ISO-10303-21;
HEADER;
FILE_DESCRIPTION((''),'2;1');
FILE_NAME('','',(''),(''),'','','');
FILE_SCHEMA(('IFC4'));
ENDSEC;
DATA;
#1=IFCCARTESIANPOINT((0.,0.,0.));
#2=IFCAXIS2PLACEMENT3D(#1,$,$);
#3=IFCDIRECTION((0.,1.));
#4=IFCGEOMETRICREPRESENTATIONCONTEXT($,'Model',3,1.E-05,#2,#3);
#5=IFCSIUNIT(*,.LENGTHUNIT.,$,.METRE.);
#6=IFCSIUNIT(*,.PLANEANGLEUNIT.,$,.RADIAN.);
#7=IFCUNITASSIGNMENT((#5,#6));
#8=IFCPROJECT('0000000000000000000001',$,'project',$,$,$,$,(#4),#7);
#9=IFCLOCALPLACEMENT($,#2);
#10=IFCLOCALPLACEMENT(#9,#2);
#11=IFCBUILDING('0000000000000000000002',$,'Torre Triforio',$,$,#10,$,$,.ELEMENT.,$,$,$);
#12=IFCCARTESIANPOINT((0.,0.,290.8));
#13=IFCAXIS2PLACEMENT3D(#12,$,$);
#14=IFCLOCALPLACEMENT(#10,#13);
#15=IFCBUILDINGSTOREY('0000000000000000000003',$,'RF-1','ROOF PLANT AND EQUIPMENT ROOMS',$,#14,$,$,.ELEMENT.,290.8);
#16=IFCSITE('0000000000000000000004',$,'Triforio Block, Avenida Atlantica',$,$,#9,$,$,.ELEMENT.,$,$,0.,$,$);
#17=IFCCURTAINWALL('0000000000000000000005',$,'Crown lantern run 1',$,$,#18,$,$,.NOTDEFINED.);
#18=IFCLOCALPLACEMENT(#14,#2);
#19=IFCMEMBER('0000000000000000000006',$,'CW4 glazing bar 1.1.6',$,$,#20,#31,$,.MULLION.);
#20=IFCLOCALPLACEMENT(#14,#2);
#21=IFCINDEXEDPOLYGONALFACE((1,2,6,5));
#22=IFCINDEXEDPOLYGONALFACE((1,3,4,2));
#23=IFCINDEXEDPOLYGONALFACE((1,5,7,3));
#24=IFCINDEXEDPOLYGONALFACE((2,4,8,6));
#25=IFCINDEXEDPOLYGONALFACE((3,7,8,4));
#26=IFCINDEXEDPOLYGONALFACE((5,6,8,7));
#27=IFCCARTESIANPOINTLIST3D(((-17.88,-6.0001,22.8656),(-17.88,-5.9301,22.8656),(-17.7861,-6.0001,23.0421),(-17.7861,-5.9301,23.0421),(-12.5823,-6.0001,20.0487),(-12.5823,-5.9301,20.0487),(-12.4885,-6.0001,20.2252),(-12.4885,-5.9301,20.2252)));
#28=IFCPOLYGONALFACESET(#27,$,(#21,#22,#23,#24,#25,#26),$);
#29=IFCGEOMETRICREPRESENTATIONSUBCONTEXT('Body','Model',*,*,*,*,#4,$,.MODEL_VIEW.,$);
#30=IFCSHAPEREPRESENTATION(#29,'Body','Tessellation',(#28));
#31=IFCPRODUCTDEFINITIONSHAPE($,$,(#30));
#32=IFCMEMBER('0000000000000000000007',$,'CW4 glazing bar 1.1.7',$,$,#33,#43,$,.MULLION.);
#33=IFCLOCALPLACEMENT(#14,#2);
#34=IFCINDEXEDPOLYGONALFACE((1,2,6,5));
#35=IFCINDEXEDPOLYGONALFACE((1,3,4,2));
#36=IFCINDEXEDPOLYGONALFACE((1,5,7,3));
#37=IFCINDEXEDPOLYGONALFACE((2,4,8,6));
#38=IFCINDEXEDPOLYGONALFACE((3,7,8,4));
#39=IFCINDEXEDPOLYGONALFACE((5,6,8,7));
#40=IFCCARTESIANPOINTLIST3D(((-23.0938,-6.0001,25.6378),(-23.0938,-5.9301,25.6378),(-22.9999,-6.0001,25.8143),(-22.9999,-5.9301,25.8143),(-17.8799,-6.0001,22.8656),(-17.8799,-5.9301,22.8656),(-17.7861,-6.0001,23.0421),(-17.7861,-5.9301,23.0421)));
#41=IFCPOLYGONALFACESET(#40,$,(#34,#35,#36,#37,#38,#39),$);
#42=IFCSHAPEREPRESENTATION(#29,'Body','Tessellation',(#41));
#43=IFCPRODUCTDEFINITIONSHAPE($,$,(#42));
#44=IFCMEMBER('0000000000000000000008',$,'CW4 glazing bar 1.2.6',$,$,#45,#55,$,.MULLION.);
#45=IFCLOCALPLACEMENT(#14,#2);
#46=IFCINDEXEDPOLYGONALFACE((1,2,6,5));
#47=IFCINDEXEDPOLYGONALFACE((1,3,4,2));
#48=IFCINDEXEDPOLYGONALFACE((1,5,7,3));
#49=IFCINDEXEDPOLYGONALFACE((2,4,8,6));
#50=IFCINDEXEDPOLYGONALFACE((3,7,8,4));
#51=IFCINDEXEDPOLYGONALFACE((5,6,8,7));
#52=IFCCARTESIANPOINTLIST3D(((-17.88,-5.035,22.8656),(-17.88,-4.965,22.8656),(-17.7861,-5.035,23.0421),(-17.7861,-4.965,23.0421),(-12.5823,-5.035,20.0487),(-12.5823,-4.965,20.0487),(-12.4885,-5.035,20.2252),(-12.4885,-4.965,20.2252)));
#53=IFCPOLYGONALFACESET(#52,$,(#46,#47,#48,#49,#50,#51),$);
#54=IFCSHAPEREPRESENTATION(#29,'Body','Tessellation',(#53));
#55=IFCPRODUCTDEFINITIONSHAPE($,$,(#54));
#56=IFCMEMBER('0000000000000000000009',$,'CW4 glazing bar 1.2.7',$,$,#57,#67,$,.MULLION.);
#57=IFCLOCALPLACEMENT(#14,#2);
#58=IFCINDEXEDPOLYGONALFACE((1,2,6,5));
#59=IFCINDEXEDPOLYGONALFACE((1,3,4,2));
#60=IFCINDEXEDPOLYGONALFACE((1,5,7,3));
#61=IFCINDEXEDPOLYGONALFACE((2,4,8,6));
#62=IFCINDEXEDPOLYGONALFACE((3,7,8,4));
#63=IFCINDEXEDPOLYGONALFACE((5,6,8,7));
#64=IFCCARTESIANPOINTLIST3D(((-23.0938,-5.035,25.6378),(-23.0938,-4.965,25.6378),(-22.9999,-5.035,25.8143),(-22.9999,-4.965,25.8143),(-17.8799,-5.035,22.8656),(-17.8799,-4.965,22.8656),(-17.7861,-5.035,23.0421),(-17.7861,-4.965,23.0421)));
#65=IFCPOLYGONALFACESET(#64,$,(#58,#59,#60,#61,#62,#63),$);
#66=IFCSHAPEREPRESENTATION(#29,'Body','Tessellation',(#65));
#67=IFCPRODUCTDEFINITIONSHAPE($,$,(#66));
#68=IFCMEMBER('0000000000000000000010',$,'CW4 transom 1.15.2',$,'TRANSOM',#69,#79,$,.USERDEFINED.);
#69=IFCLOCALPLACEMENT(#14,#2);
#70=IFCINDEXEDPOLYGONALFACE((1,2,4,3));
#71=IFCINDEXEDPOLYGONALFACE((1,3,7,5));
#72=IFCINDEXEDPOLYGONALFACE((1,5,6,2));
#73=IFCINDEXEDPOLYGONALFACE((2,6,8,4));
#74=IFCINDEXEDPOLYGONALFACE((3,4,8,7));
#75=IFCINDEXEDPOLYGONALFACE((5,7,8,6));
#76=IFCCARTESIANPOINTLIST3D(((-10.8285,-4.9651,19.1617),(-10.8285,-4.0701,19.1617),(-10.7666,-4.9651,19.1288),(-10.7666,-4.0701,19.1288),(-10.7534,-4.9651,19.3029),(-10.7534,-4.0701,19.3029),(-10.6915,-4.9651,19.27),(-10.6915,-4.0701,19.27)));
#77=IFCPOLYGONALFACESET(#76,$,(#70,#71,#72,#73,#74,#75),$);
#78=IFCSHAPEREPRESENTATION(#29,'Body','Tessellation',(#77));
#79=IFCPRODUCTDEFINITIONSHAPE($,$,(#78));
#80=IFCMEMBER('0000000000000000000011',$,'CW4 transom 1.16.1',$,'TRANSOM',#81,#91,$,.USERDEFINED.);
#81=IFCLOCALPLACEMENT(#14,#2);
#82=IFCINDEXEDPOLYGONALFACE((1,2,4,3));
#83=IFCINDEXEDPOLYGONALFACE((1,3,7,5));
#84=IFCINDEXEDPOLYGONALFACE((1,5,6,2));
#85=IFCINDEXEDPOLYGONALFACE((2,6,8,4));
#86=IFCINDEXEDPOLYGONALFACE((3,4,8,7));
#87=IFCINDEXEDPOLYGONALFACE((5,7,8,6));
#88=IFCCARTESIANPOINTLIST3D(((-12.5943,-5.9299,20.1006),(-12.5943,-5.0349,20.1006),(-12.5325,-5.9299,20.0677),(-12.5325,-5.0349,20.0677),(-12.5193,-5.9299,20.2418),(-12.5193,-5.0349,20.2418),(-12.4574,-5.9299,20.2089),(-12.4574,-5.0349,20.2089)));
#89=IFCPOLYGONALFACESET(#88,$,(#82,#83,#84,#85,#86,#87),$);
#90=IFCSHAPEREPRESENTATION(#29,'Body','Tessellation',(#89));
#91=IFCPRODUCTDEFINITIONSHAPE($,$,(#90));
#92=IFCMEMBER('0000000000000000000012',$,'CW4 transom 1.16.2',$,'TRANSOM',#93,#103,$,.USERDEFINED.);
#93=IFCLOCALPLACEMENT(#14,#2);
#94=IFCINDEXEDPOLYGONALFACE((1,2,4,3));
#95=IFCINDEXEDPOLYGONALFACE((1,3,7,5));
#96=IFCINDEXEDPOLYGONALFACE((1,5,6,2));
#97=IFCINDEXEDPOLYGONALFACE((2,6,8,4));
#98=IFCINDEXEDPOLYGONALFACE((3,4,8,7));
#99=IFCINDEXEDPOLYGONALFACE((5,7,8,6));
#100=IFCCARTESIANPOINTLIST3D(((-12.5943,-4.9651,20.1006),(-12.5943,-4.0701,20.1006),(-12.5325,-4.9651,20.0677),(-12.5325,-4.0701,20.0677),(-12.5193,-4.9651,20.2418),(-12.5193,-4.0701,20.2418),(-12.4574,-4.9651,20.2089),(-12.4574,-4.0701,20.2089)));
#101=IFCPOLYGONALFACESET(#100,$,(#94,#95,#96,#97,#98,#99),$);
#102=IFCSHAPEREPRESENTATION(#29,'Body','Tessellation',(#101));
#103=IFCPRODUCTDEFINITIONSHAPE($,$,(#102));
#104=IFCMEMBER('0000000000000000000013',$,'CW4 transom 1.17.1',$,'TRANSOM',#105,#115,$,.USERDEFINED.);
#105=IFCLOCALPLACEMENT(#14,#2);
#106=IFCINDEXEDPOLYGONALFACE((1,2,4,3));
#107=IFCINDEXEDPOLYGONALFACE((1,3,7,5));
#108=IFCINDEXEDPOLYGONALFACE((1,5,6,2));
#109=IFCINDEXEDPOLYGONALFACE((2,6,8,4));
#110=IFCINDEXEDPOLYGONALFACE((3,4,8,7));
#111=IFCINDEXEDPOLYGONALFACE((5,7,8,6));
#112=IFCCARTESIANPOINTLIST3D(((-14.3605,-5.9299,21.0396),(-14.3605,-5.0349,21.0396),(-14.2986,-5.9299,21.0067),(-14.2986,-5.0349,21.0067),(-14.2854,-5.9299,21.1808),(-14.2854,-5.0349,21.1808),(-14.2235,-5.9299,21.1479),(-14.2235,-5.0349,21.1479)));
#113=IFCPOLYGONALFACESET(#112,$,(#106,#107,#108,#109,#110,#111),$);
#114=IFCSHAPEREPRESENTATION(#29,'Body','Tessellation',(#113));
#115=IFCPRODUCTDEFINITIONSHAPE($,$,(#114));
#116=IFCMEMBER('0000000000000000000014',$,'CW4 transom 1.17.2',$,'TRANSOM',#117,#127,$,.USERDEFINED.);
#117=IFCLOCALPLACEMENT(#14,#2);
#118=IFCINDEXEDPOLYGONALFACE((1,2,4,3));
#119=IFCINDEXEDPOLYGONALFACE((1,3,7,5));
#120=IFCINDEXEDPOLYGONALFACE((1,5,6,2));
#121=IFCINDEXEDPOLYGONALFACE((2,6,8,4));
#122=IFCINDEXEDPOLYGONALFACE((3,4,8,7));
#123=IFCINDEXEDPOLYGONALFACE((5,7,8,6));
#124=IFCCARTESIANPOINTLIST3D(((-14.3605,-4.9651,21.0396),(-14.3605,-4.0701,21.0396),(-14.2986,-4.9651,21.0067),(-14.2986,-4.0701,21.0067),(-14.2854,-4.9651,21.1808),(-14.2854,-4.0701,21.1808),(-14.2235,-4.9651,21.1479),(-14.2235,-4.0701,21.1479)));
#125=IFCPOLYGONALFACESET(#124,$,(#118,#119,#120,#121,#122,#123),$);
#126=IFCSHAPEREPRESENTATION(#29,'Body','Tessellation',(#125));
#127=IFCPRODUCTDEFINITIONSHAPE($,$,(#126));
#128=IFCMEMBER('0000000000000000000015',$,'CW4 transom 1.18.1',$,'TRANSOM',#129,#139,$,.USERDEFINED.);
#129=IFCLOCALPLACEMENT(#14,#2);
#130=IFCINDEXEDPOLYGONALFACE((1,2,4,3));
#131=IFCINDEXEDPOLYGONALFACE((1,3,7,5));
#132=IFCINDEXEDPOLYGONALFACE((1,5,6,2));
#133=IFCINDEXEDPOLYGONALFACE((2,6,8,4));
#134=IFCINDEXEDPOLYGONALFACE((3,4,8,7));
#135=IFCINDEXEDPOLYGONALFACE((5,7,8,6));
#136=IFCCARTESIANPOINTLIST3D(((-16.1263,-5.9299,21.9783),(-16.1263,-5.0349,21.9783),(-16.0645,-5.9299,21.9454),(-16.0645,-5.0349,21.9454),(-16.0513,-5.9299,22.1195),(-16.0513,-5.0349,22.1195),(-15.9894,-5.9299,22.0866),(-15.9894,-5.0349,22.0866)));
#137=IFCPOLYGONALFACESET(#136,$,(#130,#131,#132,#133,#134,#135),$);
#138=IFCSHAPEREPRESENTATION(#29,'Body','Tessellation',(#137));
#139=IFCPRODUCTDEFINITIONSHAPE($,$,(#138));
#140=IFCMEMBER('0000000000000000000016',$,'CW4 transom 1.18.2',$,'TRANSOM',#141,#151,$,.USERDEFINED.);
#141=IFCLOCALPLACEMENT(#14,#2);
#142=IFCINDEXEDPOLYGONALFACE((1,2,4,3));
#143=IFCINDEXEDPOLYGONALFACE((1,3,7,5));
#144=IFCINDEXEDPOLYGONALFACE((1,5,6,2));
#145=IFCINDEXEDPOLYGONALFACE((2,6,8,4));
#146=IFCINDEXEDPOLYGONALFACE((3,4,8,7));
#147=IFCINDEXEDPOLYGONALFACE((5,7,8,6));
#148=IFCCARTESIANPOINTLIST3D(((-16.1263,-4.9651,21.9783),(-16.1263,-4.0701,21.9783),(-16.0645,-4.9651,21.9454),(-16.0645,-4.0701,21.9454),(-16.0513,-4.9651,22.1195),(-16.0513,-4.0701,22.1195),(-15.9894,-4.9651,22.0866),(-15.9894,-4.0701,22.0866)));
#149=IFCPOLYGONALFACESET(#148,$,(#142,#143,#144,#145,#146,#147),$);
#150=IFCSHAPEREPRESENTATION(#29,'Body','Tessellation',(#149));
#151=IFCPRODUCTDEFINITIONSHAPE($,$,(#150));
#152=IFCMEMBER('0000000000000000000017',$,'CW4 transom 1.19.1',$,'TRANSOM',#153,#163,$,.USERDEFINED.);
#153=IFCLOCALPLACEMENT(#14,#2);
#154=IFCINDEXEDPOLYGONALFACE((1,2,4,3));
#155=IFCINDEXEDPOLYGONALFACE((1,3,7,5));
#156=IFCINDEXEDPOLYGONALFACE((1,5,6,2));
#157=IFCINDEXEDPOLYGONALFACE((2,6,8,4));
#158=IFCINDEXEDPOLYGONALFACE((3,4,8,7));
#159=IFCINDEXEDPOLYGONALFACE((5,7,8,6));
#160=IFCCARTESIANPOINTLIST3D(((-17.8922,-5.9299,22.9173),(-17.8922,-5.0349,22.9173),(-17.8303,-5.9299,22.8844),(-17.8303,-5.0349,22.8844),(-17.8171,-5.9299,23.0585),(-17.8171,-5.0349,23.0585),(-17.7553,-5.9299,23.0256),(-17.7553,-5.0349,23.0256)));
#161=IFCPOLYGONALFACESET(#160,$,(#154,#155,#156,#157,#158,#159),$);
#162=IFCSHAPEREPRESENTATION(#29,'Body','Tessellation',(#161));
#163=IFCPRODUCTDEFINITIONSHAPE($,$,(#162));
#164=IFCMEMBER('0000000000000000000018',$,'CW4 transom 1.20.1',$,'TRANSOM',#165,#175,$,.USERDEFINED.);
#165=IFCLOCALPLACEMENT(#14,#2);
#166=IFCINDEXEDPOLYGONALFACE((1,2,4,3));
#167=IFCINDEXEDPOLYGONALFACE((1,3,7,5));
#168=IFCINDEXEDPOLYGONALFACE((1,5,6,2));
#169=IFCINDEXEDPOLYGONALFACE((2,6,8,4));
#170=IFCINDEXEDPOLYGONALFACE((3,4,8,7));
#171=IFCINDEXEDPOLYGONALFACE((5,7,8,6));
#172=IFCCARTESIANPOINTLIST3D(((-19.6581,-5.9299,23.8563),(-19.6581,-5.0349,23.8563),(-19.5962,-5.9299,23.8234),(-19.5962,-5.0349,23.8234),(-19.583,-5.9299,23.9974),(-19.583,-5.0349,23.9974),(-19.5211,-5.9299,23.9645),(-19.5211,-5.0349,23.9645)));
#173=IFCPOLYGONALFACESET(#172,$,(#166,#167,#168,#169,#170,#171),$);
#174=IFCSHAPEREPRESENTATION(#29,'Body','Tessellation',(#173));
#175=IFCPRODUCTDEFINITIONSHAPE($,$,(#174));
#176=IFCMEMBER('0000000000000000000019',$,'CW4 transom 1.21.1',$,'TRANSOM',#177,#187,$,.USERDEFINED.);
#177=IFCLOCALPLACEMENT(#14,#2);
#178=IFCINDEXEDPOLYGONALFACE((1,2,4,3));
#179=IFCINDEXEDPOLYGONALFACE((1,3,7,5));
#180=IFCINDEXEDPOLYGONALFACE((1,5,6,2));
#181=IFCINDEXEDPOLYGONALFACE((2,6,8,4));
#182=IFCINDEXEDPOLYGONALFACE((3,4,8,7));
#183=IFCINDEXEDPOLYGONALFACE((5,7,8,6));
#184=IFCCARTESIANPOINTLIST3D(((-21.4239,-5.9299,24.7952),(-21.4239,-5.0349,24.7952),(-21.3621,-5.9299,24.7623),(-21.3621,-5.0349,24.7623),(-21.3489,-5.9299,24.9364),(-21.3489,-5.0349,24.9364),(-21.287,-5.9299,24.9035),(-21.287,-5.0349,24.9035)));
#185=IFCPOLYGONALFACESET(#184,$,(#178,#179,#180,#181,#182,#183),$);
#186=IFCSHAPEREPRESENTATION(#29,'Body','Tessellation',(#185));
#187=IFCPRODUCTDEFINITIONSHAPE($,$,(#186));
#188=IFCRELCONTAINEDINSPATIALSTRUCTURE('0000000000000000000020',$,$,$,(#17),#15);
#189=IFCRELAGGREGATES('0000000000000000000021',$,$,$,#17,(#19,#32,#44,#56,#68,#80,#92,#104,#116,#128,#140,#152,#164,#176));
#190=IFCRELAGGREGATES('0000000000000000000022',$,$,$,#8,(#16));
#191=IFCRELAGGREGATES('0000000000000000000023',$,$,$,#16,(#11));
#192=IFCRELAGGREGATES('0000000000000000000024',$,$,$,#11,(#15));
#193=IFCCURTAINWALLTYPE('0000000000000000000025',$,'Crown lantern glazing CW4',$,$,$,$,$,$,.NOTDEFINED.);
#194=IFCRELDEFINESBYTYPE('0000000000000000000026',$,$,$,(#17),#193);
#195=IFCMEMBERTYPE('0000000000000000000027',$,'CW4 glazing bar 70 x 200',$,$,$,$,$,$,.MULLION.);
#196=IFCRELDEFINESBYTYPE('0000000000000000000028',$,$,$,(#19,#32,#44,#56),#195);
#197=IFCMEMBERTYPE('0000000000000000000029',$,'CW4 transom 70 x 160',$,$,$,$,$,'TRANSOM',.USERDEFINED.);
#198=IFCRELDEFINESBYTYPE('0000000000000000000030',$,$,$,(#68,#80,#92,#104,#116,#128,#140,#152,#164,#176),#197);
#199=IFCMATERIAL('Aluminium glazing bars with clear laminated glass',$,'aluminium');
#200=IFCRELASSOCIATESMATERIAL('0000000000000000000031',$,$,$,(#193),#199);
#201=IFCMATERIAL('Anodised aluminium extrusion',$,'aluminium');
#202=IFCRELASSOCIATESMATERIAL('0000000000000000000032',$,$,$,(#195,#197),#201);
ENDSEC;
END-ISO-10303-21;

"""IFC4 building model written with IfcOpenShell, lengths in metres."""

from ifc_helpers import new_model, si_unit, direction, frame, origin, origin_2d, place, context, subcontext, project, spatial, rectangle, extrude, material, material_profile, profile_set, type_object, element, aggregate, save


model = new_model("IFC4")

# Units and contexts
model_context = context("Model", 3, precision=1e-05, world=origin(), true_north=direction((0.0, 1.0)))
body_context = subcontext(model_context, "Body", "Model", "MODEL_VIEW")
ifc_project = project(units=[si_unit("LENGTHUNIT", "METRE"), si_unit("PLANEANGLEUNIT", "RADIAN")], contexts=[model_context])

# Site, building, storey
site_placement = place(None, origin())
site = spatial("IfcSite", under=ifc_project, at=site_placement, Name="Triforio Block, Avenida Atlantica", CompositionType="ELEMENT", RefElevation=0.0)
building_placement = place(site_placement, origin())
building = spatial("IfcBuilding", under=site, at=building_placement, Name="Torre Triforio", CompositionType="ELEMENT")
storey_placement = place(building_placement, frame((0.0, 0.0, 290.8)))
storey = spatial("IfcBuildingStorey", under=building, at=storey_placement, Name="RF-1", Description="ROOF PLANT AND EQUIPMENT ROOMS", CompositionType="ELEMENT", Elevation=290.8)

# Curtain wall, members
ifc_material_1 = material(Name="Aluminium glazing bars with clear laminated glass", Category="aluminium")
curtain_wall_type = type_object("IfcCurtainWallType", Name="Crown lantern glazing CW4", PredefinedType="NOTDEFINED", material=ifc_material_1)
curtain_wall_placement = place(storey_placement, origin())
curtain_wall = element("IfcCurtainWall", 1, at=curtain_wall_placement, inside=storey, type_object=curtain_wall_type, Name="Crown lantern run 1", PredefinedType="NOTDEFINED")
ifc_material_2 = material(Name="Anodised aluminium extrusion", Category="aluminium")
ifc_material_profile_1 = material_profile(ifc_material_2, rectangle(XDim=0.0701, YDim=0.2, at=origin_2d()), Name="CW4 MULLION 70x200")
ifc_profile_set_1 = profile_set([ifc_material_profile_1], Name="Anodised aluminium extrusion")
member_type_1 = type_object("IfcMemberType", Name="CW4 glazing bar 70 x 200", PredefinedType="MULLION", material=ifc_profile_set_1)
member_1_placement = place(storey_placement, frame((-12.5354, -5.9651, 20.137), z_axis=(-0.88294, 0.0, 0.469485), x_axis=(0.0, -1.0, 0.0)))
member_1 = element("IfcMember", 2, at=member_1_placement, type_object=member_type_1, Name="CW4 glazing bar 1.1.6", PredefinedType="MULLION", context=body_context, shape_type="SweptSolid", body=[
    extrude(rectangle(XDim=0.0701, YDim=0.2, at=origin_2d()), origin(), (0.0, 0.0, 1.0), 6.0),
])
member_2_placement = place(storey_placement, frame((-17.833, -5.9651, 22.9539), z_axis=(-0.882951, 0.0, 0.469466), x_axis=(0.0, -1.0, 0.0)))
member_2 = element("IfcMember", 3, at=member_2_placement, type_object=member_type_1, Name="CW4 glazing bar 1.1.7", PredefinedType="MULLION", context=body_context, shape_type="SweptSolid", body=[
    extrude(rectangle(XDim=0.0701, YDim=0.2, at=origin_2d()), origin(), (0.0, 0.0, 1.0), 5.905),
])
member_3_placement = place(storey_placement, frame((-12.5354, -5.0, 20.137), z_axis=(-0.88294, 0.0, 0.469485), x_axis=(0.0, -1.0, 0.0)))
member_3 = element("IfcMember", 4, at=member_3_placement, type_object=member_type_1, Name="CW4 glazing bar 1.2.6", PredefinedType="MULLION", context=body_context, shape_type="SweptSolid", body=[
    extrude(rectangle(XDim=0.0701, YDim=0.2, at=origin_2d()), origin(), (0.0, 0.0, 1.0), 6.0),
])
member_4_placement = place(storey_placement, frame((-17.833, -5.0, 22.9539), z_axis=(-0.882951, 0.0, 0.469466), x_axis=(0.0, -1.0, 0.0)))
member_4 = element("IfcMember", 5, at=member_4_placement, type_object=member_type_1, Name="CW4 glazing bar 1.2.7", PredefinedType="MULLION", context=body_context, shape_type="SweptSolid", body=[
    extrude(rectangle(XDim=0.0701, YDim=0.2, at=origin_2d()), origin(), (0.0, 0.0, 1.0), 5.905),
])
ifc_material_profile_2 = material_profile(ifc_material_2, rectangle(XDim=0.0701, YDim=0.1599, at=origin_2d()), Name="CW4 TRANSOM 70x160")
ifc_profile_set_2 = profile_set([ifc_material_profile_2], Name="Anodised aluminium extrusion")
member_type_2 = type_object("IfcMemberType", Name="CW4 transom 70 x 160", ElementType="TRANSOM", PredefinedType="USERDEFINED", material=ifc_profile_set_2)
member_5_placement = place(storey_placement, frame((-10.76, -4.9651, 19.2158), z_axis=(0.0, 1.0, 0.0), x_axis=(-0.882948, 0.0, 0.469472)))
member_5 = element("IfcMember", 6, at=member_5_placement, type_object=member_type_2, Name="CW4 transom 1.15.2", ObjectType="TRANSOM", PredefinedType="USERDEFINED", context=body_context, shape_type="SweptSolid", body=[
    extrude(rectangle(XDim=0.0701, YDim=0.1599, at=origin_2d()), origin(), (0.0, 0.0, 1.0), 0.895),
])
member_6_placement = place(storey_placement, frame((-12.5259, -5.9299, 20.1548), z_axis=(0.0, 1.0, 0.0), x_axis=(-0.882948, 0.0, 0.469472)))
member_6 = element("IfcMember", 7, at=member_6_placement, type_object=member_type_2, Name="CW4 transom 1.16.1", ObjectType="TRANSOM", PredefinedType="USERDEFINED", context=body_context, shape_type="SweptSolid", body=[
    extrude(rectangle(XDim=0.0701, YDim=0.1599, at=origin_2d()), origin(), (0.0, 0.0, 1.0), 0.895),
])
member_7_placement = place(storey_placement, frame((-12.5259, -4.9651, 20.1548), z_axis=(0.0, 1.0, 0.0), x_axis=(-0.882948, 0.0, 0.469472)))
member_7 = element("IfcMember", 8, at=member_7_placement, type_object=member_type_2, Name="CW4 transom 1.16.2", ObjectType="TRANSOM", PredefinedType="USERDEFINED", context=body_context, shape_type="SweptSolid", body=[
    extrude(rectangle(XDim=0.0701, YDim=0.1599, at=origin_2d()), origin(), (0.0, 0.0, 1.0), 0.895),
])
member_8_placement = place(storey_placement, frame((-14.292, -5.9299, 21.0938), z_axis=(0.0, 1.0, 0.0), x_axis=(-0.882948, 0.0, 0.469472)))
member_8 = element("IfcMember", 9, at=member_8_placement, type_object=member_type_2, Name="CW4 transom 1.17.1", ObjectType="TRANSOM", PredefinedType="USERDEFINED", context=body_context, shape_type="SweptSolid", body=[
    extrude(rectangle(XDim=0.0701, YDim=0.1599, at=origin_2d()), origin(), (0.0, 0.0, 1.0), 0.895),
])
member_9_placement = place(storey_placement, frame((-14.292, -4.9651, 21.0938), z_axis=(0.0, 1.0, 0.0), x_axis=(-0.882948, 0.0, 0.469472)))
member_9 = element("IfcMember", 10, at=member_9_placement, type_object=member_type_2, Name="CW4 transom 1.17.2", ObjectType="TRANSOM", PredefinedType="USERDEFINED", context=body_context, shape_type="SweptSolid", body=[
    extrude(rectangle(XDim=0.0701, YDim=0.1599, at=origin_2d()), origin(), (0.0, 0.0, 1.0), 0.895),
])
member_10_placement = place(storey_placement, frame((-16.0579, -5.9299, 22.0325), z_axis=(0.0, 1.0, 0.0), x_axis=(-0.882948, 0.0, 0.469472)))
member_10 = element("IfcMember", 11, at=member_10_placement, type_object=member_type_2, Name="CW4 transom 1.18.1", ObjectType="TRANSOM", PredefinedType="USERDEFINED", context=body_context, shape_type="SweptSolid", body=[
    extrude(rectangle(XDim=0.0701, YDim=0.1599, at=origin_2d()), origin(), (0.0, 0.0, 1.0), 0.895),
])
member_11_placement = place(storey_placement, frame((-16.0579, -4.9651, 22.0325), z_axis=(0.0, 1.0, 0.0), x_axis=(-0.882948, 0.0, 0.469472)))
member_11 = element("IfcMember", 12, at=member_11_placement, type_object=member_type_2, Name="CW4 transom 1.18.2", ObjectType="TRANSOM", PredefinedType="USERDEFINED", context=body_context, shape_type="SweptSolid", body=[
    extrude(rectangle(XDim=0.0701, YDim=0.1599, at=origin_2d()), origin(), (0.0, 0.0, 1.0), 0.895),
])
member_12_placement = place(storey_placement, frame((-17.8237, -5.9299, 22.9714), z_axis=(0.0, 1.0, 0.0), x_axis=(-0.882948, 0.0, 0.469472)))
member_12 = element("IfcMember", 13, at=member_12_placement, type_object=member_type_2, Name="CW4 transom 1.19.1", ObjectType="TRANSOM", PredefinedType="USERDEFINED", context=body_context, shape_type="SweptSolid", body=[
    extrude(rectangle(XDim=0.0701, YDim=0.1599, at=origin_2d()), origin(), (0.0, 0.0, 1.0), 0.895),
])
member_13_placement = place(storey_placement, frame((-19.5896, -5.9299, 23.9104), z_axis=(0.0, 1.0, 0.0), x_axis=(-0.882948, 0.0, 0.469472)))
member_13 = element("IfcMember", 14, at=member_13_placement, type_object=member_type_2, Name="CW4 transom 1.20.1", ObjectType="TRANSOM", PredefinedType="USERDEFINED", context=body_context, shape_type="SweptSolid", body=[
    extrude(rectangle(XDim=0.0701, YDim=0.1599, at=origin_2d()), origin(), (0.0, 0.0, 1.0), 0.895),
])
member_14_placement = place(storey_placement, frame((-21.3555, -5.9299, 24.8494), z_axis=(0.0, 1.0, 0.0), x_axis=(-0.882948, 0.0, 0.469472)))
member_14 = element("IfcMember", 15, at=member_14_placement, type_object=member_type_2, Name="CW4 transom 1.21.1", ObjectType="TRANSOM", PredefinedType="USERDEFINED", context=body_context, shape_type="SweptSolid", body=[
    extrude(rectangle(XDim=0.0701, YDim=0.1599, at=origin_2d()), origin(), (0.0, 0.0, 1.0), 0.895),
])
aggregate(curtain_wall, [member_1, member_2, member_3, member_4, member_5, member_6, member_7, member_8, member_9, member_10, member_11, member_12, member_13, member_14])

save(model, "model.ifc")
